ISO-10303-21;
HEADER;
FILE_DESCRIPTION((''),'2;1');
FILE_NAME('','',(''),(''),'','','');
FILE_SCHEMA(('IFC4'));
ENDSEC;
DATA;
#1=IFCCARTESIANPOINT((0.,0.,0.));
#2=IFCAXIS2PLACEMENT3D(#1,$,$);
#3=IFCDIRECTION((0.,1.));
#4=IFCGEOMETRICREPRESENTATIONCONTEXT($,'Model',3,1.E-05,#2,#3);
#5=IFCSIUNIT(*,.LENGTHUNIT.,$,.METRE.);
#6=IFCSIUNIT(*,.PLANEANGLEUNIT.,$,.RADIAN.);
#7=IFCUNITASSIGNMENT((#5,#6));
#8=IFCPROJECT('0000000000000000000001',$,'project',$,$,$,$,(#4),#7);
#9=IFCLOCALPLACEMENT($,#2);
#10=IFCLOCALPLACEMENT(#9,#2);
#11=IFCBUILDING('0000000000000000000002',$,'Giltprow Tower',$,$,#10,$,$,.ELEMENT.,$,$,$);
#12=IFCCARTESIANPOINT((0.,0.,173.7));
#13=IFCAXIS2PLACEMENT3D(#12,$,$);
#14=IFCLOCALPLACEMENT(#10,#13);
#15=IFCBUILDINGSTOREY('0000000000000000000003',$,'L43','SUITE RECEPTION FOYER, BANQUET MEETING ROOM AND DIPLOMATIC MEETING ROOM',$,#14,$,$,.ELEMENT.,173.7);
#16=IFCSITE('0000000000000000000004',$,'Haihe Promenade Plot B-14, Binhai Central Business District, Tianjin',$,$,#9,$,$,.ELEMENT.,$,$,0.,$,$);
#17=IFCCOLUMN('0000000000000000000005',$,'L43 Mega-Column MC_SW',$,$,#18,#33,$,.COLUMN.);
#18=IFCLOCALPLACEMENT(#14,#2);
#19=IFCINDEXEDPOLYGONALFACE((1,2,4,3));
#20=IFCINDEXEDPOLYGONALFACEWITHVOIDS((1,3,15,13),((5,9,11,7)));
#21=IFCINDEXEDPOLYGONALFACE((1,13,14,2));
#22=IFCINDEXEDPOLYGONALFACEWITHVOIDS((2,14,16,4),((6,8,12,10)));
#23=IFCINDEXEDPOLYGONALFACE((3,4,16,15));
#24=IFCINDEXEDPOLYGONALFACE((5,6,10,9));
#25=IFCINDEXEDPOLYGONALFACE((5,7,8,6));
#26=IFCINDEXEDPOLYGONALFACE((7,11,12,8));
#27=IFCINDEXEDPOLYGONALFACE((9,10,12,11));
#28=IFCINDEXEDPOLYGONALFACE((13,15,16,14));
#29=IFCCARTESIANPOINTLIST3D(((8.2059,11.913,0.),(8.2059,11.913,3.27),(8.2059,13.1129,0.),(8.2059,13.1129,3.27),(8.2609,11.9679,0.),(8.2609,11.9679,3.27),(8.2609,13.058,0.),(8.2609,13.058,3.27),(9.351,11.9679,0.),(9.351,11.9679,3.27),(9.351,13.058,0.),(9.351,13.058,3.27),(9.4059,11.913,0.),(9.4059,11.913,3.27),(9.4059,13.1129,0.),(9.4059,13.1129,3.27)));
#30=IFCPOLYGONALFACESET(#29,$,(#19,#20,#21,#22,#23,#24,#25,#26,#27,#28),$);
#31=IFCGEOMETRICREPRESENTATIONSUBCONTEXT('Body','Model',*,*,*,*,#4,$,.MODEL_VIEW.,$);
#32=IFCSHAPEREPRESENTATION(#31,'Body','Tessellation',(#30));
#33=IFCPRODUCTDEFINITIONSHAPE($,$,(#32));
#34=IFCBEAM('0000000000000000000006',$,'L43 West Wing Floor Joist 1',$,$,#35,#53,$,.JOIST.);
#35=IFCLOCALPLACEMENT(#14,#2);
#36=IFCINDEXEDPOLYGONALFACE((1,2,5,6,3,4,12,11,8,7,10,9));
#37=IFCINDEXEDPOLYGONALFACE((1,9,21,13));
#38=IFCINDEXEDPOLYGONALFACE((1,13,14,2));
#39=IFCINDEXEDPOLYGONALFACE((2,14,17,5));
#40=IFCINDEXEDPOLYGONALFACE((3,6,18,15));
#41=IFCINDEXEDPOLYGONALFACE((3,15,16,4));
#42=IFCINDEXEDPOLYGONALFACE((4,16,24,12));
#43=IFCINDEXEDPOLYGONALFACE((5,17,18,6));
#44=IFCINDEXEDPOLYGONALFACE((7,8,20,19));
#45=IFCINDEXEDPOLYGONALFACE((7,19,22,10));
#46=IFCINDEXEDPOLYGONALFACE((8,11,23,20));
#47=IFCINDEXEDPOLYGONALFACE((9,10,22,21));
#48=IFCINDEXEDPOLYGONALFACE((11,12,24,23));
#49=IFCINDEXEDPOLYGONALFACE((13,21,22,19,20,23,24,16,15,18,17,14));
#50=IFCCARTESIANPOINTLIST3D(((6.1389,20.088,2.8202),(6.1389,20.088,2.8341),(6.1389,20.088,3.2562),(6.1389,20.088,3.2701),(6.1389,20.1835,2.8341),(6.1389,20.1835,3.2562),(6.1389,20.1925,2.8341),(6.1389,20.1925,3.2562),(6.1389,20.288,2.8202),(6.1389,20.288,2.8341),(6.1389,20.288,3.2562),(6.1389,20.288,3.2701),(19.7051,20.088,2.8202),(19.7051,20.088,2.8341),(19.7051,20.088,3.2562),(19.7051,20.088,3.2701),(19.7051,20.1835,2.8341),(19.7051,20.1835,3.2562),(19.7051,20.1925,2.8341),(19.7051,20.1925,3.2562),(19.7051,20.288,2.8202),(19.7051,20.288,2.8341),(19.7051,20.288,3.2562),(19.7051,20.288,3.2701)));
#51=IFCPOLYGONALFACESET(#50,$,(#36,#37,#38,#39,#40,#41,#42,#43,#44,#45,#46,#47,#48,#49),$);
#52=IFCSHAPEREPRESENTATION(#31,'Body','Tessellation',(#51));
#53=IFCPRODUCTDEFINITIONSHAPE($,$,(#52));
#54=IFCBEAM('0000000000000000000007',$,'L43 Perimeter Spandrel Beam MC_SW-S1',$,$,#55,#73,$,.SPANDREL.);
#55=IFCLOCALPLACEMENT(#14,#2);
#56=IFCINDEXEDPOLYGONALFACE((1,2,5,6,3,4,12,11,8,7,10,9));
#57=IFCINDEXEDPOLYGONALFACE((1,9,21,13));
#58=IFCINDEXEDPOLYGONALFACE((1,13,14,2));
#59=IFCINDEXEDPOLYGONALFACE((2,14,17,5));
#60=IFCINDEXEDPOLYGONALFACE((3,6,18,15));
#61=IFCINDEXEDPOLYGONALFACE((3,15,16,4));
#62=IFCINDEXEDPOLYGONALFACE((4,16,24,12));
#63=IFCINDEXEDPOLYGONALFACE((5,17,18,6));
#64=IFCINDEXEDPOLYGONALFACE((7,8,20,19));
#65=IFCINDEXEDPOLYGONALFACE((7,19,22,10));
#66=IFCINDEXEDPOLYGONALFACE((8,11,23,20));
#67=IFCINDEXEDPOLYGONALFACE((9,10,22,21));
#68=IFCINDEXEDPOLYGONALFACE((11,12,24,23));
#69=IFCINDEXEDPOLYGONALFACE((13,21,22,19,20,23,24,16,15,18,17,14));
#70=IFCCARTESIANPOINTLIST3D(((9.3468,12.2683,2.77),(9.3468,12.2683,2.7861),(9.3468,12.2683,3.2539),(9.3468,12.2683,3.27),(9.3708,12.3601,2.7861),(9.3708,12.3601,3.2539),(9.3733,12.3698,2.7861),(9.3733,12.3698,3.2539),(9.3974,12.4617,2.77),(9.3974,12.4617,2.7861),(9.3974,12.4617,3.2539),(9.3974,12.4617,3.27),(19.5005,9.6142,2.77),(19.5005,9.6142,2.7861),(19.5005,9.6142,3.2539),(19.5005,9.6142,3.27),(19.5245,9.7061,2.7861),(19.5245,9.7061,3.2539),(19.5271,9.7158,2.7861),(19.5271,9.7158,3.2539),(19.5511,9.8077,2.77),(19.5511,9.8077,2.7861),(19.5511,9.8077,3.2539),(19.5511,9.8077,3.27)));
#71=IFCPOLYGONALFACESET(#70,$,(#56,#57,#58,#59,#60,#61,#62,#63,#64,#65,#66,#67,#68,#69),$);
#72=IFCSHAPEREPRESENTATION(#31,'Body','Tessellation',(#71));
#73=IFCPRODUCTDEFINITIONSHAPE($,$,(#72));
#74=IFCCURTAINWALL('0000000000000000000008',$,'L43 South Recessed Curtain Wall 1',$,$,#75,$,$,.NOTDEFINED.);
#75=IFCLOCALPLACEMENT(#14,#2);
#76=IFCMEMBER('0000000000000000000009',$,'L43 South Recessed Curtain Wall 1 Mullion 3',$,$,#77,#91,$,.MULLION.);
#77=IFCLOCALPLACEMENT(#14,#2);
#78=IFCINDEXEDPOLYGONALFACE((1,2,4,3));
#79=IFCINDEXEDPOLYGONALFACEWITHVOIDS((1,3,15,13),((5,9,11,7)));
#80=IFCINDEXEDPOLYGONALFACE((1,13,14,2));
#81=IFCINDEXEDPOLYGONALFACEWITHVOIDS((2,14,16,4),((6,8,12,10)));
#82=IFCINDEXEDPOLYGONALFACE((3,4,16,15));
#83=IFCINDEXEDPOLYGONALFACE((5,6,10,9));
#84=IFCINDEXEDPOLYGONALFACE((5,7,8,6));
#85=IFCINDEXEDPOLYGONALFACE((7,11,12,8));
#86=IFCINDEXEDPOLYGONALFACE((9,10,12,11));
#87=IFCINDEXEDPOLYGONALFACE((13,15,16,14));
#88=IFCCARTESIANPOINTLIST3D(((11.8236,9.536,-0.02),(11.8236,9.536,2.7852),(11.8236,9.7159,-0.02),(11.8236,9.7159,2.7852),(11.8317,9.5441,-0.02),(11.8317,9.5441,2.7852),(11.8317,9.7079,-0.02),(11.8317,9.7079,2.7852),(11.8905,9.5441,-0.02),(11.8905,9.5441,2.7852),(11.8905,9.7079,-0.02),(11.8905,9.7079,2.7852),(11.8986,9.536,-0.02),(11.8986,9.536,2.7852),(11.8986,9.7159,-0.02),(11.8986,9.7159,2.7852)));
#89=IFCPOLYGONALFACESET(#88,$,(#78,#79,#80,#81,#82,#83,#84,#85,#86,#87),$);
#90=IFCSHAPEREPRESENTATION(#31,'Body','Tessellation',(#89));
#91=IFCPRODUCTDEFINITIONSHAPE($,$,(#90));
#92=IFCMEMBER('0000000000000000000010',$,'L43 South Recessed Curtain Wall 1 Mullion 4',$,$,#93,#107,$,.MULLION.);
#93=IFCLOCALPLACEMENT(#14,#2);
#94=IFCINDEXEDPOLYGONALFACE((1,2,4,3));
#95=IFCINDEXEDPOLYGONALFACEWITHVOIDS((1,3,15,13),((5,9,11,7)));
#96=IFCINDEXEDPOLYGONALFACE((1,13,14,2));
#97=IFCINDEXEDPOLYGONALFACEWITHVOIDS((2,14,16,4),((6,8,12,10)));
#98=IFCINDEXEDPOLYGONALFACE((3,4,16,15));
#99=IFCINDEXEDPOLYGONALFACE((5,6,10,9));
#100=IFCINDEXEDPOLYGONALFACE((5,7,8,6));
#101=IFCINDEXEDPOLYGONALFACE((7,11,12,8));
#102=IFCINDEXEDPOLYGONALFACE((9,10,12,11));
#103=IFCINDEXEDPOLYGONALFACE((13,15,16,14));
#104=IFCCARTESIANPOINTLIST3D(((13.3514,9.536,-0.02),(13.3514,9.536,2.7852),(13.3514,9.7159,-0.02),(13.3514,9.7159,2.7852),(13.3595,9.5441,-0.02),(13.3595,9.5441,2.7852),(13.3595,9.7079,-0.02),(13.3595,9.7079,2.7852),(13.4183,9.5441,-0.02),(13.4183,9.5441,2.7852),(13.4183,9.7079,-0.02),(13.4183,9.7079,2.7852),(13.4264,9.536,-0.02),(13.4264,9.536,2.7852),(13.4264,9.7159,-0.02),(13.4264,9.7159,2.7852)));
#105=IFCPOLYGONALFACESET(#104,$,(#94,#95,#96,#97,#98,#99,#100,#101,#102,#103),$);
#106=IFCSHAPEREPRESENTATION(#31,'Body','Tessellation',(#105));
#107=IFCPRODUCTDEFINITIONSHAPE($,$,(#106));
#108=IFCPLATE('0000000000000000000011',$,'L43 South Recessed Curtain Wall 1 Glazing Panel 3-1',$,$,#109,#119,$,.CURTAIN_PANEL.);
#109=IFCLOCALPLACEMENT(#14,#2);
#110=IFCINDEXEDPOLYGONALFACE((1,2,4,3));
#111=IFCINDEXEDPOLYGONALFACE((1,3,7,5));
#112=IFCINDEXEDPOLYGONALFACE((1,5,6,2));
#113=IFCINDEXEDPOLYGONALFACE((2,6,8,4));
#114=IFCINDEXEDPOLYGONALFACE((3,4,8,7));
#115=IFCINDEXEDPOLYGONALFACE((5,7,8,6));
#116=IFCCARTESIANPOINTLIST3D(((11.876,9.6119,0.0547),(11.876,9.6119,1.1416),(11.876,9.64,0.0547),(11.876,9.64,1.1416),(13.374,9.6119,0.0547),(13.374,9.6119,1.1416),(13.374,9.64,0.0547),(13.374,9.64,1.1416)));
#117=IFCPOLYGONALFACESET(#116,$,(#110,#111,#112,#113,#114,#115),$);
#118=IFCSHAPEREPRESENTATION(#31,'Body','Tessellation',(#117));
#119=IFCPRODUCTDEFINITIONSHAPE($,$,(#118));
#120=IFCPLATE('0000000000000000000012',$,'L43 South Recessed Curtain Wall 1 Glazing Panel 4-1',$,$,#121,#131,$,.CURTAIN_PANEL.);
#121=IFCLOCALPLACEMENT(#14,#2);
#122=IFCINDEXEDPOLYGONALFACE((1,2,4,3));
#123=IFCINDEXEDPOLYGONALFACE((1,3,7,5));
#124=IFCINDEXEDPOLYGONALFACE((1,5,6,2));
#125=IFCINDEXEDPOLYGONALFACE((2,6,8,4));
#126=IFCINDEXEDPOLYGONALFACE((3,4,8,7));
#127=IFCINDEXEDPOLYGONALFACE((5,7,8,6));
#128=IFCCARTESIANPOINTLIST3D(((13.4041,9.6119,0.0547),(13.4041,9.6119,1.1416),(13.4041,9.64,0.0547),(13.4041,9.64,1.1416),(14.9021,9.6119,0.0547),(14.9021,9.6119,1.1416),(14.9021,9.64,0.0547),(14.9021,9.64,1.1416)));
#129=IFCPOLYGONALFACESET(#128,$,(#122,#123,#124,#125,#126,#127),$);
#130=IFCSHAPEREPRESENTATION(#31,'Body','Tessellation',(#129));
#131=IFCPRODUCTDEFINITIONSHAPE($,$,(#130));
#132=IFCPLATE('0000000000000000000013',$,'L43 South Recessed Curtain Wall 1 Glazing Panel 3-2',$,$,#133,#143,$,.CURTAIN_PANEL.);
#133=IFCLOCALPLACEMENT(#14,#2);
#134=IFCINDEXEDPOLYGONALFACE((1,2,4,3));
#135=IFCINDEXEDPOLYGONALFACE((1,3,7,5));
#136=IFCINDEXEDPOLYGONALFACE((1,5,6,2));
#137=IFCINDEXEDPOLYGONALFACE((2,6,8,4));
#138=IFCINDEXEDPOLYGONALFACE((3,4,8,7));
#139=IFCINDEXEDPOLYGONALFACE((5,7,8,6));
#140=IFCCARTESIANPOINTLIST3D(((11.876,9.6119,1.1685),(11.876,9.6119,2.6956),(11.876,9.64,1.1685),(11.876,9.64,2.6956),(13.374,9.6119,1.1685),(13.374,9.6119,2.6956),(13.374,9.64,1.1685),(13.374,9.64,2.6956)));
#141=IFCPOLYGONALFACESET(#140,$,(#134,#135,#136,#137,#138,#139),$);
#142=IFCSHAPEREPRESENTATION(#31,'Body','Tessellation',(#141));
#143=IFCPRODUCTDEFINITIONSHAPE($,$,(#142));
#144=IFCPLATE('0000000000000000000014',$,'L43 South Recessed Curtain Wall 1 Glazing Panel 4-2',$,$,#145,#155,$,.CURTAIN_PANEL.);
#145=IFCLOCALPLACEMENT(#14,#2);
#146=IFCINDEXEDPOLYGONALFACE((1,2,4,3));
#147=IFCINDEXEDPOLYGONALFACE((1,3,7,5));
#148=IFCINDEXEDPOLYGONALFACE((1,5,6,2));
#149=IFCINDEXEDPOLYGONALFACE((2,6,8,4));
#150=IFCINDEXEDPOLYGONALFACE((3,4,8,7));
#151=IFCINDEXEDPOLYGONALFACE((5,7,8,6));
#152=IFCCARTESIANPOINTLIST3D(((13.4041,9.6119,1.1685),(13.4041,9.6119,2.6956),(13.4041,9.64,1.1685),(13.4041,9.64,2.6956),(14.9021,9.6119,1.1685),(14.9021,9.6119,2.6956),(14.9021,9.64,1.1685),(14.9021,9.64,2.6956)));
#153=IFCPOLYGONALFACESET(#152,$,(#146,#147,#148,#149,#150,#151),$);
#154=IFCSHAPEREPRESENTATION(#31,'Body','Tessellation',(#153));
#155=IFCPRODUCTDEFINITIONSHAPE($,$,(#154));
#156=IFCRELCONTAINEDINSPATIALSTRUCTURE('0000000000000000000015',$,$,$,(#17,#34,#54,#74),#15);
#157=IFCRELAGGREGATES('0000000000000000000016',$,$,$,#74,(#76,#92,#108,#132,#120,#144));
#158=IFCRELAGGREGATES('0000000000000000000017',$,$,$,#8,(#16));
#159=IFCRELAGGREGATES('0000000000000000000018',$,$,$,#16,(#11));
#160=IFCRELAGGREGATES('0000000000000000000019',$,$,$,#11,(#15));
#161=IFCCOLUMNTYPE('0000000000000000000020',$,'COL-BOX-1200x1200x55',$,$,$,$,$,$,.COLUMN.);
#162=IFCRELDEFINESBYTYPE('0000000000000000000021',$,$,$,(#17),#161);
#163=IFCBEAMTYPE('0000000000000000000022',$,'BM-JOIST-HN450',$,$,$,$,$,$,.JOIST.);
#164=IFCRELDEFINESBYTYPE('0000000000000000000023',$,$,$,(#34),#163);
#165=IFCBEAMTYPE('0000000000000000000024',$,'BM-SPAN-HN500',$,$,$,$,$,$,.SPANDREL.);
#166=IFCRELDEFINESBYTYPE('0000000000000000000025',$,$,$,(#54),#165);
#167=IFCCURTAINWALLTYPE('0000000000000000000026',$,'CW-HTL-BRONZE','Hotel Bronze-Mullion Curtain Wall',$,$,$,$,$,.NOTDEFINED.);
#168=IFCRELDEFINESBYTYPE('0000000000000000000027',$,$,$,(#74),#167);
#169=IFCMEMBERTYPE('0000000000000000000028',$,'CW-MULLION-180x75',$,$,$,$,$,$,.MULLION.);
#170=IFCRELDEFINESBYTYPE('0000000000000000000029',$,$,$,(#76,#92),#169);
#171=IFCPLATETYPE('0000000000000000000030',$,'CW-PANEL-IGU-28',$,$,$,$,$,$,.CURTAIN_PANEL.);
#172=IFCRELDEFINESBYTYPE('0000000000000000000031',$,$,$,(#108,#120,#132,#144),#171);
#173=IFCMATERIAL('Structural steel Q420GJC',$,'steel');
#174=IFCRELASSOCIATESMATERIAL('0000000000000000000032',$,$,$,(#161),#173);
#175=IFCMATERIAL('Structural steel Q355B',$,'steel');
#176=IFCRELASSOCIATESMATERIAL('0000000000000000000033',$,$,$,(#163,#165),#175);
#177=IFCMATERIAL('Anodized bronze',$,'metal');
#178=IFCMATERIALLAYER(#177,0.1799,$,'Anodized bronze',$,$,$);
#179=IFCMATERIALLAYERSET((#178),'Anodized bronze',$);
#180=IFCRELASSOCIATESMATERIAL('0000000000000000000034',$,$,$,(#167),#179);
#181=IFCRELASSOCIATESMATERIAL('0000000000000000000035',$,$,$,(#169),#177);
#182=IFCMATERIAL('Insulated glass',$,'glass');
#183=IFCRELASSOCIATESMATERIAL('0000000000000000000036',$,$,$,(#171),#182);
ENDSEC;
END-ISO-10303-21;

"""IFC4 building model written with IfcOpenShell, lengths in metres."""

from ifc_helpers import new_model, si_unit, direction, frame, origin, origin_2d, place, context, subcontext, project, spatial, rectangle, hollow_rectangle, i_section, extrude, source, transform, mapped, material, layer, layer_set, material_profile, profile_set, type_object, element, aggregate, save


model = new_model("IFC4")

# Units and contexts
model_context = context("Model", 3, precision=1e-05, world=origin(), true_north=direction((0.0, 1.0)))
body_context = subcontext(model_context, "Body", "Model", "MODEL_VIEW")
ifc_project = project(units=[si_unit("LENGTHUNIT", "METRE"), si_unit("PLANEANGLEUNIT", "RADIAN")], contexts=[model_context])

# Site, building, storey
site_placement = place(None, origin())
site = spatial("IfcSite", under=ifc_project, at=site_placement, Name="Haihe Promenade Plot B-14, Binhai Central Business District, Tianjin", CompositionType="ELEMENT", RefElevation=0.0)
building_placement = place(site_placement, origin())
building = spatial("IfcBuilding", under=site, at=building_placement, Name="Giltprow Tower", CompositionType="ELEMENT")
storey_placement = place(building_placement, frame((0.0, 0.0, 173.7)))
storey = spatial("IfcBuildingStorey", under=building, at=storey_placement, Name="L43", Description="SUITE RECEPTION FOYER, BANQUET MEETING ROOM AND DIPLOMATIC MEETING ROOM", CompositionType="ELEMENT", Elevation=173.7)

# Column
ifc_material_1 = material(Name="Structural steel Q420GJC", Category="steel")
ifc_material_profile_1 = material_profile(ifc_material_1, hollow_rectangle(XDim=1.2, YDim=1.2, WallThickness=0.0549, at=origin_2d()), Name="BOX 1200x1200x55")
ifc_profile_set_1 = profile_set([ifc_material_profile_1], Name="Structural steel Q420GJC")
column_type = type_object("IfcColumnType", Name="COL-BOX-1200x1200x55", PredefinedType="COLUMN", material=ifc_profile_set_1)
shared_shape_1 = source(origin(), body_context, "Body", "SweptSolid", [
    extrude(hollow_rectangle(XDim=1.2, YDim=1.2, WallThickness=0.0549, at=origin_2d()), origin(), (0.0, 0.0, 1.0), 3.27),
])
column_placement = place(storey_placement, frame((8.8059, 12.5129, 0.0), z_axis=(0.0, 0.0, 1.0), x_axis=(1.0, 0.0, 0.0)))
element("IfcColumn", 1, at=column_placement, inside=storey, type_object=column_type, Name="L43 Mega-Column MC_SW", PredefinedType="COLUMN", context=body_context, shape_type="MappedRepresentation", body=[
    mapped(shared_shape_1, transform((0.0, 0.0, 0.0), x_axis=(1.0, 0.0, 0.0), y_axis=(0.0, 1.0, 0.0), z_axis=(0.0, 0.0, 1.0), scale=1.0)),
])

# Beams
ifc_material_2 = material(Name="Structural steel Q355B", Category="steel")
ifc_material_profile_2 = material_profile(ifc_material_2, i_section(OverallWidth=0.2, OverallDepth=0.45, WebThickness=0.009, FlangeThickness=0.0139, at=origin_2d()), Name="HN 450x200x9x14")
ifc_profile_set_2 = profile_set([ifc_material_profile_2], Name="Structural steel Q355B")
beam_type_1 = type_object("IfcBeamType", Name="BM-JOIST-HN450", PredefinedType="JOIST", material=ifc_profile_set_2)
shared_shape_2 = source(origin(), body_context, "Body", "SweptSolid", [
    extrude(i_section(OverallWidth=0.2, OverallDepth=0.45, WebThickness=0.009, FlangeThickness=0.0139, at=origin_2d()), origin(), (0.0, 0.0, 1.0), 13.5662),
])
beam_1_placement = place(storey_placement, frame((6.1389, 20.188, 3.0452), z_axis=(1.0, 0.0, 0.0), x_axis=(0.0, 1.0, 0.0)))
element("IfcBeam", 2, at=beam_1_placement, inside=storey, type_object=beam_type_1, Name="L43 West Wing Floor Joist 1", PredefinedType="JOIST", context=body_context, shape_type="MappedRepresentation", body=[
    mapped(shared_shape_2, transform((0.0, 0.0, 0.0), x_axis=(1.0, 0.0, 0.0), y_axis=(0.0, 1.0, 0.0), z_axis=(0.0, 0.0, 1.0), scale=1.0)),
])
ifc_material_profile_3 = material_profile(ifc_material_2, i_section(OverallWidth=0.2, OverallDepth=0.5, WebThickness=0.01, FlangeThickness=0.0161, at=origin_2d()), Name="HN 500x200x10x16")
ifc_profile_set_3 = profile_set([ifc_material_profile_3], Name="Structural steel Q355B")
beam_type_2 = type_object("IfcBeamType", Name="BM-SPAN-HN500", PredefinedType="SPANDREL", material=ifc_profile_set_3)
shared_shape_3 = source(origin(), body_context, "Body", "SweptSolid", [
    extrude(i_section(OverallWidth=0.2, OverallDepth=0.5, WebThickness=0.01, FlangeThickness=0.0161, at=origin_2d()), origin(), (0.0, 0.0, 1.0), 10.4949),
])
beam_2_placement = place(storey_placement, frame((9.3721, 12.365, 3.02), z_axis=(0.967495, -0.252889, 0.0), x_axis=(0.252889, 0.967495, 0.0)))
element("IfcBeam", 3, at=beam_2_placement, inside=storey, type_object=beam_type_2, Name="L43 Perimeter Spandrel Beam MC_SW-S1", PredefinedType="SPANDREL", context=body_context, shape_type="MappedRepresentation", body=[
    mapped(shared_shape_3, transform((0.0, 0.0, 0.0), x_axis=(1.0, 0.0, 0.0), y_axis=(0.0, 1.0, 0.0), z_axis=(0.0, 0.0, 1.0), scale=1.0)),
])

# Curtain wall, members, plates
ifc_material_3 = material(Name="Anodized bronze", Category="metal")
ifc_layer_1 = layer(ifc_material_3, 0.1799, Name="Anodized bronze")
ifc_layer_set_1 = layer_set([ifc_layer_1], Name="Anodized bronze")
curtain_wall_type = type_object("IfcCurtainWallType", Name="CW-HTL-BRONZE", Description="Hotel Bronze-Mullion Curtain Wall", PredefinedType="NOTDEFINED", material=ifc_layer_set_1)
curtain_wall_placement = place(storey_placement, origin())
curtain_wall = element("IfcCurtainWall", 4, at=curtain_wall_placement, inside=storey, type_object=curtain_wall_type, Name="L43 South Recessed Curtain Wall 1", PredefinedType="NOTDEFINED")
ifc_material_profile_4 = material_profile(ifc_material_3, hollow_rectangle(XDim=0.075, YDim=0.1799, WallThickness=0.0081, at=origin_2d()), Name="RHS 180x75x8")
ifc_profile_set_4 = profile_set([ifc_material_profile_4], Name="Anodized bronze")
member_type = type_object("IfcMemberType", Name="CW-MULLION-180x75", PredefinedType="MULLION", material=ifc_profile_set_4)
shared_shape_4 = source(origin(), body_context, "Body", "SweptSolid", [
    extrude(hollow_rectangle(XDim=0.075, YDim=0.1799, WallThickness=0.0081, at=origin_2d()), origin(), (0.0, 0.0, 1.0), 2.8052),
])
member_1_placement = place(storey_placement, frame((11.8611, 9.626, -0.02), z_axis=(0.0, 0.0, 1.0), x_axis=(1.0, 0.0, 0.0)))
member_1 = element("IfcMember", 5, at=member_1_placement, type_object=member_type, Name="L43 South Recessed Curtain Wall 1 Mullion 3", PredefinedType="MULLION", context=body_context, shape_type="MappedRepresentation", body=[
    mapped(shared_shape_4, transform((0.0, 0.0, 0.0), x_axis=(1.0, 0.0, 0.0), y_axis=(0.0, 1.0, 0.0), z_axis=(0.0, 0.0, 1.0), scale=1.0)),
])
member_2_placement = place(storey_placement, frame((13.3889, 9.626, -0.02), z_axis=(0.0, 0.0, 1.0), x_axis=(1.0, 0.0, 0.0)))
member_2 = element("IfcMember", 6, at=member_2_placement, type_object=member_type, Name="L43 South Recessed Curtain Wall 1 Mullion 4", PredefinedType="MULLION", context=body_context, shape_type="MappedRepresentation", body=[
    mapped(shared_shape_4, transform((0.0, 0.0, 0.0), x_axis=(1.0, 0.0, 0.0), y_axis=(0.0, 1.0, 0.0), z_axis=(0.0, 0.0, 1.0), scale=1.0)),
])
ifc_material_4 = material(Name="Insulated glass", Category="glass")
plate_type = type_object("IfcPlateType", Name="CW-PANEL-IGU-28", PredefinedType="CURTAIN_PANEL", material=ifc_material_4)
shared_shape_5 = source(origin(), body_context, "Body", "SweptSolid", [
    extrude(rectangle(XDim=1.498, YDim=0.0281, at=origin_2d()), origin(), (0.0, 0.0, 1.0), 1.0869),
])
plate_1_placement = place(storey_placement, frame((12.625, 9.626, 0.0547), z_axis=(0.0, 0.0, 1.0), x_axis=(1.0, 0.0, 0.0)))
plate_1 = element("IfcPlate", 7, at=plate_1_placement, type_object=plate_type, Name="L43 South Recessed Curtain Wall 1 Glazing Panel 3-1", PredefinedType="CURTAIN_PANEL", context=body_context, shape_type="MappedRepresentation", body=[
    mapped(shared_shape_5, transform((0.0, 0.0, 0.0), x_axis=(1.0, 0.0, 0.0), y_axis=(0.0, 1.0, 0.0), z_axis=(0.0, 0.0, 1.0), scale=1.0)),
])
plate_2_placement = place(storey_placement, frame((14.1531, 9.626, 0.0547), z_axis=(0.0, 0.0, 1.0), x_axis=(1.0, 0.0, 0.0)))
plate_2 = element("IfcPlate", 8, at=plate_2_placement, type_object=plate_type, Name="L43 South Recessed Curtain Wall 1 Glazing Panel 4-1", PredefinedType="CURTAIN_PANEL", context=body_context, shape_type="MappedRepresentation", body=[
    mapped(shared_shape_5, transform((0.0, 0.0, 0.0), x_axis=(1.0, 0.0, 0.0), y_axis=(0.0, 1.0, 0.0), z_axis=(0.0, 0.0, 1.0), scale=1.0)),
])
shared_shape_6 = source(origin(), body_context, "Body", "SweptSolid", [
    extrude(rectangle(XDim=1.498, YDim=0.0281, at=origin_2d()), origin(), (0.0, 0.0, 1.0), 1.5271),
])
plate_3_placement = place(storey_placement, frame((12.625, 9.626, 1.1685), z_axis=(0.0, 0.0, 1.0), x_axis=(1.0, 0.0, 0.0)))
plate_3 = element("IfcPlate", 9, at=plate_3_placement, type_object=plate_type, Name="L43 South Recessed Curtain Wall 1 Glazing Panel 3-2", PredefinedType="CURTAIN_PANEL", context=body_context, shape_type="MappedRepresentation", body=[
    mapped(shared_shape_6, transform((0.0, 0.0, 0.0), x_axis=(1.0, 0.0, 0.0), y_axis=(0.0, 1.0, 0.0), z_axis=(0.0, 0.0, 1.0), scale=1.0)),
])
plate_4_placement = place(storey_placement, frame((14.1531, 9.626, 1.1685), z_axis=(0.0, 0.0, 1.0), x_axis=(1.0, 0.0, 0.0)))
plate_4 = element("IfcPlate", 10, at=plate_4_placement, type_object=plate_type, Name="L43 South Recessed Curtain Wall 1 Glazing Panel 4-2", PredefinedType="CURTAIN_PANEL", context=body_context, shape_type="MappedRepresentation", body=[
    mapped(shared_shape_6, transform((0.0, 0.0, 0.0), x_axis=(1.0, 0.0, 0.0), y_axis=(0.0, 1.0, 0.0), z_axis=(0.0, 0.0, 1.0), scale=1.0)),
])
aggregate(curtain_wall, [member_1, member_2, plate_1, plate_3, plate_2, plate_4])

save(model, "model.ifc")
